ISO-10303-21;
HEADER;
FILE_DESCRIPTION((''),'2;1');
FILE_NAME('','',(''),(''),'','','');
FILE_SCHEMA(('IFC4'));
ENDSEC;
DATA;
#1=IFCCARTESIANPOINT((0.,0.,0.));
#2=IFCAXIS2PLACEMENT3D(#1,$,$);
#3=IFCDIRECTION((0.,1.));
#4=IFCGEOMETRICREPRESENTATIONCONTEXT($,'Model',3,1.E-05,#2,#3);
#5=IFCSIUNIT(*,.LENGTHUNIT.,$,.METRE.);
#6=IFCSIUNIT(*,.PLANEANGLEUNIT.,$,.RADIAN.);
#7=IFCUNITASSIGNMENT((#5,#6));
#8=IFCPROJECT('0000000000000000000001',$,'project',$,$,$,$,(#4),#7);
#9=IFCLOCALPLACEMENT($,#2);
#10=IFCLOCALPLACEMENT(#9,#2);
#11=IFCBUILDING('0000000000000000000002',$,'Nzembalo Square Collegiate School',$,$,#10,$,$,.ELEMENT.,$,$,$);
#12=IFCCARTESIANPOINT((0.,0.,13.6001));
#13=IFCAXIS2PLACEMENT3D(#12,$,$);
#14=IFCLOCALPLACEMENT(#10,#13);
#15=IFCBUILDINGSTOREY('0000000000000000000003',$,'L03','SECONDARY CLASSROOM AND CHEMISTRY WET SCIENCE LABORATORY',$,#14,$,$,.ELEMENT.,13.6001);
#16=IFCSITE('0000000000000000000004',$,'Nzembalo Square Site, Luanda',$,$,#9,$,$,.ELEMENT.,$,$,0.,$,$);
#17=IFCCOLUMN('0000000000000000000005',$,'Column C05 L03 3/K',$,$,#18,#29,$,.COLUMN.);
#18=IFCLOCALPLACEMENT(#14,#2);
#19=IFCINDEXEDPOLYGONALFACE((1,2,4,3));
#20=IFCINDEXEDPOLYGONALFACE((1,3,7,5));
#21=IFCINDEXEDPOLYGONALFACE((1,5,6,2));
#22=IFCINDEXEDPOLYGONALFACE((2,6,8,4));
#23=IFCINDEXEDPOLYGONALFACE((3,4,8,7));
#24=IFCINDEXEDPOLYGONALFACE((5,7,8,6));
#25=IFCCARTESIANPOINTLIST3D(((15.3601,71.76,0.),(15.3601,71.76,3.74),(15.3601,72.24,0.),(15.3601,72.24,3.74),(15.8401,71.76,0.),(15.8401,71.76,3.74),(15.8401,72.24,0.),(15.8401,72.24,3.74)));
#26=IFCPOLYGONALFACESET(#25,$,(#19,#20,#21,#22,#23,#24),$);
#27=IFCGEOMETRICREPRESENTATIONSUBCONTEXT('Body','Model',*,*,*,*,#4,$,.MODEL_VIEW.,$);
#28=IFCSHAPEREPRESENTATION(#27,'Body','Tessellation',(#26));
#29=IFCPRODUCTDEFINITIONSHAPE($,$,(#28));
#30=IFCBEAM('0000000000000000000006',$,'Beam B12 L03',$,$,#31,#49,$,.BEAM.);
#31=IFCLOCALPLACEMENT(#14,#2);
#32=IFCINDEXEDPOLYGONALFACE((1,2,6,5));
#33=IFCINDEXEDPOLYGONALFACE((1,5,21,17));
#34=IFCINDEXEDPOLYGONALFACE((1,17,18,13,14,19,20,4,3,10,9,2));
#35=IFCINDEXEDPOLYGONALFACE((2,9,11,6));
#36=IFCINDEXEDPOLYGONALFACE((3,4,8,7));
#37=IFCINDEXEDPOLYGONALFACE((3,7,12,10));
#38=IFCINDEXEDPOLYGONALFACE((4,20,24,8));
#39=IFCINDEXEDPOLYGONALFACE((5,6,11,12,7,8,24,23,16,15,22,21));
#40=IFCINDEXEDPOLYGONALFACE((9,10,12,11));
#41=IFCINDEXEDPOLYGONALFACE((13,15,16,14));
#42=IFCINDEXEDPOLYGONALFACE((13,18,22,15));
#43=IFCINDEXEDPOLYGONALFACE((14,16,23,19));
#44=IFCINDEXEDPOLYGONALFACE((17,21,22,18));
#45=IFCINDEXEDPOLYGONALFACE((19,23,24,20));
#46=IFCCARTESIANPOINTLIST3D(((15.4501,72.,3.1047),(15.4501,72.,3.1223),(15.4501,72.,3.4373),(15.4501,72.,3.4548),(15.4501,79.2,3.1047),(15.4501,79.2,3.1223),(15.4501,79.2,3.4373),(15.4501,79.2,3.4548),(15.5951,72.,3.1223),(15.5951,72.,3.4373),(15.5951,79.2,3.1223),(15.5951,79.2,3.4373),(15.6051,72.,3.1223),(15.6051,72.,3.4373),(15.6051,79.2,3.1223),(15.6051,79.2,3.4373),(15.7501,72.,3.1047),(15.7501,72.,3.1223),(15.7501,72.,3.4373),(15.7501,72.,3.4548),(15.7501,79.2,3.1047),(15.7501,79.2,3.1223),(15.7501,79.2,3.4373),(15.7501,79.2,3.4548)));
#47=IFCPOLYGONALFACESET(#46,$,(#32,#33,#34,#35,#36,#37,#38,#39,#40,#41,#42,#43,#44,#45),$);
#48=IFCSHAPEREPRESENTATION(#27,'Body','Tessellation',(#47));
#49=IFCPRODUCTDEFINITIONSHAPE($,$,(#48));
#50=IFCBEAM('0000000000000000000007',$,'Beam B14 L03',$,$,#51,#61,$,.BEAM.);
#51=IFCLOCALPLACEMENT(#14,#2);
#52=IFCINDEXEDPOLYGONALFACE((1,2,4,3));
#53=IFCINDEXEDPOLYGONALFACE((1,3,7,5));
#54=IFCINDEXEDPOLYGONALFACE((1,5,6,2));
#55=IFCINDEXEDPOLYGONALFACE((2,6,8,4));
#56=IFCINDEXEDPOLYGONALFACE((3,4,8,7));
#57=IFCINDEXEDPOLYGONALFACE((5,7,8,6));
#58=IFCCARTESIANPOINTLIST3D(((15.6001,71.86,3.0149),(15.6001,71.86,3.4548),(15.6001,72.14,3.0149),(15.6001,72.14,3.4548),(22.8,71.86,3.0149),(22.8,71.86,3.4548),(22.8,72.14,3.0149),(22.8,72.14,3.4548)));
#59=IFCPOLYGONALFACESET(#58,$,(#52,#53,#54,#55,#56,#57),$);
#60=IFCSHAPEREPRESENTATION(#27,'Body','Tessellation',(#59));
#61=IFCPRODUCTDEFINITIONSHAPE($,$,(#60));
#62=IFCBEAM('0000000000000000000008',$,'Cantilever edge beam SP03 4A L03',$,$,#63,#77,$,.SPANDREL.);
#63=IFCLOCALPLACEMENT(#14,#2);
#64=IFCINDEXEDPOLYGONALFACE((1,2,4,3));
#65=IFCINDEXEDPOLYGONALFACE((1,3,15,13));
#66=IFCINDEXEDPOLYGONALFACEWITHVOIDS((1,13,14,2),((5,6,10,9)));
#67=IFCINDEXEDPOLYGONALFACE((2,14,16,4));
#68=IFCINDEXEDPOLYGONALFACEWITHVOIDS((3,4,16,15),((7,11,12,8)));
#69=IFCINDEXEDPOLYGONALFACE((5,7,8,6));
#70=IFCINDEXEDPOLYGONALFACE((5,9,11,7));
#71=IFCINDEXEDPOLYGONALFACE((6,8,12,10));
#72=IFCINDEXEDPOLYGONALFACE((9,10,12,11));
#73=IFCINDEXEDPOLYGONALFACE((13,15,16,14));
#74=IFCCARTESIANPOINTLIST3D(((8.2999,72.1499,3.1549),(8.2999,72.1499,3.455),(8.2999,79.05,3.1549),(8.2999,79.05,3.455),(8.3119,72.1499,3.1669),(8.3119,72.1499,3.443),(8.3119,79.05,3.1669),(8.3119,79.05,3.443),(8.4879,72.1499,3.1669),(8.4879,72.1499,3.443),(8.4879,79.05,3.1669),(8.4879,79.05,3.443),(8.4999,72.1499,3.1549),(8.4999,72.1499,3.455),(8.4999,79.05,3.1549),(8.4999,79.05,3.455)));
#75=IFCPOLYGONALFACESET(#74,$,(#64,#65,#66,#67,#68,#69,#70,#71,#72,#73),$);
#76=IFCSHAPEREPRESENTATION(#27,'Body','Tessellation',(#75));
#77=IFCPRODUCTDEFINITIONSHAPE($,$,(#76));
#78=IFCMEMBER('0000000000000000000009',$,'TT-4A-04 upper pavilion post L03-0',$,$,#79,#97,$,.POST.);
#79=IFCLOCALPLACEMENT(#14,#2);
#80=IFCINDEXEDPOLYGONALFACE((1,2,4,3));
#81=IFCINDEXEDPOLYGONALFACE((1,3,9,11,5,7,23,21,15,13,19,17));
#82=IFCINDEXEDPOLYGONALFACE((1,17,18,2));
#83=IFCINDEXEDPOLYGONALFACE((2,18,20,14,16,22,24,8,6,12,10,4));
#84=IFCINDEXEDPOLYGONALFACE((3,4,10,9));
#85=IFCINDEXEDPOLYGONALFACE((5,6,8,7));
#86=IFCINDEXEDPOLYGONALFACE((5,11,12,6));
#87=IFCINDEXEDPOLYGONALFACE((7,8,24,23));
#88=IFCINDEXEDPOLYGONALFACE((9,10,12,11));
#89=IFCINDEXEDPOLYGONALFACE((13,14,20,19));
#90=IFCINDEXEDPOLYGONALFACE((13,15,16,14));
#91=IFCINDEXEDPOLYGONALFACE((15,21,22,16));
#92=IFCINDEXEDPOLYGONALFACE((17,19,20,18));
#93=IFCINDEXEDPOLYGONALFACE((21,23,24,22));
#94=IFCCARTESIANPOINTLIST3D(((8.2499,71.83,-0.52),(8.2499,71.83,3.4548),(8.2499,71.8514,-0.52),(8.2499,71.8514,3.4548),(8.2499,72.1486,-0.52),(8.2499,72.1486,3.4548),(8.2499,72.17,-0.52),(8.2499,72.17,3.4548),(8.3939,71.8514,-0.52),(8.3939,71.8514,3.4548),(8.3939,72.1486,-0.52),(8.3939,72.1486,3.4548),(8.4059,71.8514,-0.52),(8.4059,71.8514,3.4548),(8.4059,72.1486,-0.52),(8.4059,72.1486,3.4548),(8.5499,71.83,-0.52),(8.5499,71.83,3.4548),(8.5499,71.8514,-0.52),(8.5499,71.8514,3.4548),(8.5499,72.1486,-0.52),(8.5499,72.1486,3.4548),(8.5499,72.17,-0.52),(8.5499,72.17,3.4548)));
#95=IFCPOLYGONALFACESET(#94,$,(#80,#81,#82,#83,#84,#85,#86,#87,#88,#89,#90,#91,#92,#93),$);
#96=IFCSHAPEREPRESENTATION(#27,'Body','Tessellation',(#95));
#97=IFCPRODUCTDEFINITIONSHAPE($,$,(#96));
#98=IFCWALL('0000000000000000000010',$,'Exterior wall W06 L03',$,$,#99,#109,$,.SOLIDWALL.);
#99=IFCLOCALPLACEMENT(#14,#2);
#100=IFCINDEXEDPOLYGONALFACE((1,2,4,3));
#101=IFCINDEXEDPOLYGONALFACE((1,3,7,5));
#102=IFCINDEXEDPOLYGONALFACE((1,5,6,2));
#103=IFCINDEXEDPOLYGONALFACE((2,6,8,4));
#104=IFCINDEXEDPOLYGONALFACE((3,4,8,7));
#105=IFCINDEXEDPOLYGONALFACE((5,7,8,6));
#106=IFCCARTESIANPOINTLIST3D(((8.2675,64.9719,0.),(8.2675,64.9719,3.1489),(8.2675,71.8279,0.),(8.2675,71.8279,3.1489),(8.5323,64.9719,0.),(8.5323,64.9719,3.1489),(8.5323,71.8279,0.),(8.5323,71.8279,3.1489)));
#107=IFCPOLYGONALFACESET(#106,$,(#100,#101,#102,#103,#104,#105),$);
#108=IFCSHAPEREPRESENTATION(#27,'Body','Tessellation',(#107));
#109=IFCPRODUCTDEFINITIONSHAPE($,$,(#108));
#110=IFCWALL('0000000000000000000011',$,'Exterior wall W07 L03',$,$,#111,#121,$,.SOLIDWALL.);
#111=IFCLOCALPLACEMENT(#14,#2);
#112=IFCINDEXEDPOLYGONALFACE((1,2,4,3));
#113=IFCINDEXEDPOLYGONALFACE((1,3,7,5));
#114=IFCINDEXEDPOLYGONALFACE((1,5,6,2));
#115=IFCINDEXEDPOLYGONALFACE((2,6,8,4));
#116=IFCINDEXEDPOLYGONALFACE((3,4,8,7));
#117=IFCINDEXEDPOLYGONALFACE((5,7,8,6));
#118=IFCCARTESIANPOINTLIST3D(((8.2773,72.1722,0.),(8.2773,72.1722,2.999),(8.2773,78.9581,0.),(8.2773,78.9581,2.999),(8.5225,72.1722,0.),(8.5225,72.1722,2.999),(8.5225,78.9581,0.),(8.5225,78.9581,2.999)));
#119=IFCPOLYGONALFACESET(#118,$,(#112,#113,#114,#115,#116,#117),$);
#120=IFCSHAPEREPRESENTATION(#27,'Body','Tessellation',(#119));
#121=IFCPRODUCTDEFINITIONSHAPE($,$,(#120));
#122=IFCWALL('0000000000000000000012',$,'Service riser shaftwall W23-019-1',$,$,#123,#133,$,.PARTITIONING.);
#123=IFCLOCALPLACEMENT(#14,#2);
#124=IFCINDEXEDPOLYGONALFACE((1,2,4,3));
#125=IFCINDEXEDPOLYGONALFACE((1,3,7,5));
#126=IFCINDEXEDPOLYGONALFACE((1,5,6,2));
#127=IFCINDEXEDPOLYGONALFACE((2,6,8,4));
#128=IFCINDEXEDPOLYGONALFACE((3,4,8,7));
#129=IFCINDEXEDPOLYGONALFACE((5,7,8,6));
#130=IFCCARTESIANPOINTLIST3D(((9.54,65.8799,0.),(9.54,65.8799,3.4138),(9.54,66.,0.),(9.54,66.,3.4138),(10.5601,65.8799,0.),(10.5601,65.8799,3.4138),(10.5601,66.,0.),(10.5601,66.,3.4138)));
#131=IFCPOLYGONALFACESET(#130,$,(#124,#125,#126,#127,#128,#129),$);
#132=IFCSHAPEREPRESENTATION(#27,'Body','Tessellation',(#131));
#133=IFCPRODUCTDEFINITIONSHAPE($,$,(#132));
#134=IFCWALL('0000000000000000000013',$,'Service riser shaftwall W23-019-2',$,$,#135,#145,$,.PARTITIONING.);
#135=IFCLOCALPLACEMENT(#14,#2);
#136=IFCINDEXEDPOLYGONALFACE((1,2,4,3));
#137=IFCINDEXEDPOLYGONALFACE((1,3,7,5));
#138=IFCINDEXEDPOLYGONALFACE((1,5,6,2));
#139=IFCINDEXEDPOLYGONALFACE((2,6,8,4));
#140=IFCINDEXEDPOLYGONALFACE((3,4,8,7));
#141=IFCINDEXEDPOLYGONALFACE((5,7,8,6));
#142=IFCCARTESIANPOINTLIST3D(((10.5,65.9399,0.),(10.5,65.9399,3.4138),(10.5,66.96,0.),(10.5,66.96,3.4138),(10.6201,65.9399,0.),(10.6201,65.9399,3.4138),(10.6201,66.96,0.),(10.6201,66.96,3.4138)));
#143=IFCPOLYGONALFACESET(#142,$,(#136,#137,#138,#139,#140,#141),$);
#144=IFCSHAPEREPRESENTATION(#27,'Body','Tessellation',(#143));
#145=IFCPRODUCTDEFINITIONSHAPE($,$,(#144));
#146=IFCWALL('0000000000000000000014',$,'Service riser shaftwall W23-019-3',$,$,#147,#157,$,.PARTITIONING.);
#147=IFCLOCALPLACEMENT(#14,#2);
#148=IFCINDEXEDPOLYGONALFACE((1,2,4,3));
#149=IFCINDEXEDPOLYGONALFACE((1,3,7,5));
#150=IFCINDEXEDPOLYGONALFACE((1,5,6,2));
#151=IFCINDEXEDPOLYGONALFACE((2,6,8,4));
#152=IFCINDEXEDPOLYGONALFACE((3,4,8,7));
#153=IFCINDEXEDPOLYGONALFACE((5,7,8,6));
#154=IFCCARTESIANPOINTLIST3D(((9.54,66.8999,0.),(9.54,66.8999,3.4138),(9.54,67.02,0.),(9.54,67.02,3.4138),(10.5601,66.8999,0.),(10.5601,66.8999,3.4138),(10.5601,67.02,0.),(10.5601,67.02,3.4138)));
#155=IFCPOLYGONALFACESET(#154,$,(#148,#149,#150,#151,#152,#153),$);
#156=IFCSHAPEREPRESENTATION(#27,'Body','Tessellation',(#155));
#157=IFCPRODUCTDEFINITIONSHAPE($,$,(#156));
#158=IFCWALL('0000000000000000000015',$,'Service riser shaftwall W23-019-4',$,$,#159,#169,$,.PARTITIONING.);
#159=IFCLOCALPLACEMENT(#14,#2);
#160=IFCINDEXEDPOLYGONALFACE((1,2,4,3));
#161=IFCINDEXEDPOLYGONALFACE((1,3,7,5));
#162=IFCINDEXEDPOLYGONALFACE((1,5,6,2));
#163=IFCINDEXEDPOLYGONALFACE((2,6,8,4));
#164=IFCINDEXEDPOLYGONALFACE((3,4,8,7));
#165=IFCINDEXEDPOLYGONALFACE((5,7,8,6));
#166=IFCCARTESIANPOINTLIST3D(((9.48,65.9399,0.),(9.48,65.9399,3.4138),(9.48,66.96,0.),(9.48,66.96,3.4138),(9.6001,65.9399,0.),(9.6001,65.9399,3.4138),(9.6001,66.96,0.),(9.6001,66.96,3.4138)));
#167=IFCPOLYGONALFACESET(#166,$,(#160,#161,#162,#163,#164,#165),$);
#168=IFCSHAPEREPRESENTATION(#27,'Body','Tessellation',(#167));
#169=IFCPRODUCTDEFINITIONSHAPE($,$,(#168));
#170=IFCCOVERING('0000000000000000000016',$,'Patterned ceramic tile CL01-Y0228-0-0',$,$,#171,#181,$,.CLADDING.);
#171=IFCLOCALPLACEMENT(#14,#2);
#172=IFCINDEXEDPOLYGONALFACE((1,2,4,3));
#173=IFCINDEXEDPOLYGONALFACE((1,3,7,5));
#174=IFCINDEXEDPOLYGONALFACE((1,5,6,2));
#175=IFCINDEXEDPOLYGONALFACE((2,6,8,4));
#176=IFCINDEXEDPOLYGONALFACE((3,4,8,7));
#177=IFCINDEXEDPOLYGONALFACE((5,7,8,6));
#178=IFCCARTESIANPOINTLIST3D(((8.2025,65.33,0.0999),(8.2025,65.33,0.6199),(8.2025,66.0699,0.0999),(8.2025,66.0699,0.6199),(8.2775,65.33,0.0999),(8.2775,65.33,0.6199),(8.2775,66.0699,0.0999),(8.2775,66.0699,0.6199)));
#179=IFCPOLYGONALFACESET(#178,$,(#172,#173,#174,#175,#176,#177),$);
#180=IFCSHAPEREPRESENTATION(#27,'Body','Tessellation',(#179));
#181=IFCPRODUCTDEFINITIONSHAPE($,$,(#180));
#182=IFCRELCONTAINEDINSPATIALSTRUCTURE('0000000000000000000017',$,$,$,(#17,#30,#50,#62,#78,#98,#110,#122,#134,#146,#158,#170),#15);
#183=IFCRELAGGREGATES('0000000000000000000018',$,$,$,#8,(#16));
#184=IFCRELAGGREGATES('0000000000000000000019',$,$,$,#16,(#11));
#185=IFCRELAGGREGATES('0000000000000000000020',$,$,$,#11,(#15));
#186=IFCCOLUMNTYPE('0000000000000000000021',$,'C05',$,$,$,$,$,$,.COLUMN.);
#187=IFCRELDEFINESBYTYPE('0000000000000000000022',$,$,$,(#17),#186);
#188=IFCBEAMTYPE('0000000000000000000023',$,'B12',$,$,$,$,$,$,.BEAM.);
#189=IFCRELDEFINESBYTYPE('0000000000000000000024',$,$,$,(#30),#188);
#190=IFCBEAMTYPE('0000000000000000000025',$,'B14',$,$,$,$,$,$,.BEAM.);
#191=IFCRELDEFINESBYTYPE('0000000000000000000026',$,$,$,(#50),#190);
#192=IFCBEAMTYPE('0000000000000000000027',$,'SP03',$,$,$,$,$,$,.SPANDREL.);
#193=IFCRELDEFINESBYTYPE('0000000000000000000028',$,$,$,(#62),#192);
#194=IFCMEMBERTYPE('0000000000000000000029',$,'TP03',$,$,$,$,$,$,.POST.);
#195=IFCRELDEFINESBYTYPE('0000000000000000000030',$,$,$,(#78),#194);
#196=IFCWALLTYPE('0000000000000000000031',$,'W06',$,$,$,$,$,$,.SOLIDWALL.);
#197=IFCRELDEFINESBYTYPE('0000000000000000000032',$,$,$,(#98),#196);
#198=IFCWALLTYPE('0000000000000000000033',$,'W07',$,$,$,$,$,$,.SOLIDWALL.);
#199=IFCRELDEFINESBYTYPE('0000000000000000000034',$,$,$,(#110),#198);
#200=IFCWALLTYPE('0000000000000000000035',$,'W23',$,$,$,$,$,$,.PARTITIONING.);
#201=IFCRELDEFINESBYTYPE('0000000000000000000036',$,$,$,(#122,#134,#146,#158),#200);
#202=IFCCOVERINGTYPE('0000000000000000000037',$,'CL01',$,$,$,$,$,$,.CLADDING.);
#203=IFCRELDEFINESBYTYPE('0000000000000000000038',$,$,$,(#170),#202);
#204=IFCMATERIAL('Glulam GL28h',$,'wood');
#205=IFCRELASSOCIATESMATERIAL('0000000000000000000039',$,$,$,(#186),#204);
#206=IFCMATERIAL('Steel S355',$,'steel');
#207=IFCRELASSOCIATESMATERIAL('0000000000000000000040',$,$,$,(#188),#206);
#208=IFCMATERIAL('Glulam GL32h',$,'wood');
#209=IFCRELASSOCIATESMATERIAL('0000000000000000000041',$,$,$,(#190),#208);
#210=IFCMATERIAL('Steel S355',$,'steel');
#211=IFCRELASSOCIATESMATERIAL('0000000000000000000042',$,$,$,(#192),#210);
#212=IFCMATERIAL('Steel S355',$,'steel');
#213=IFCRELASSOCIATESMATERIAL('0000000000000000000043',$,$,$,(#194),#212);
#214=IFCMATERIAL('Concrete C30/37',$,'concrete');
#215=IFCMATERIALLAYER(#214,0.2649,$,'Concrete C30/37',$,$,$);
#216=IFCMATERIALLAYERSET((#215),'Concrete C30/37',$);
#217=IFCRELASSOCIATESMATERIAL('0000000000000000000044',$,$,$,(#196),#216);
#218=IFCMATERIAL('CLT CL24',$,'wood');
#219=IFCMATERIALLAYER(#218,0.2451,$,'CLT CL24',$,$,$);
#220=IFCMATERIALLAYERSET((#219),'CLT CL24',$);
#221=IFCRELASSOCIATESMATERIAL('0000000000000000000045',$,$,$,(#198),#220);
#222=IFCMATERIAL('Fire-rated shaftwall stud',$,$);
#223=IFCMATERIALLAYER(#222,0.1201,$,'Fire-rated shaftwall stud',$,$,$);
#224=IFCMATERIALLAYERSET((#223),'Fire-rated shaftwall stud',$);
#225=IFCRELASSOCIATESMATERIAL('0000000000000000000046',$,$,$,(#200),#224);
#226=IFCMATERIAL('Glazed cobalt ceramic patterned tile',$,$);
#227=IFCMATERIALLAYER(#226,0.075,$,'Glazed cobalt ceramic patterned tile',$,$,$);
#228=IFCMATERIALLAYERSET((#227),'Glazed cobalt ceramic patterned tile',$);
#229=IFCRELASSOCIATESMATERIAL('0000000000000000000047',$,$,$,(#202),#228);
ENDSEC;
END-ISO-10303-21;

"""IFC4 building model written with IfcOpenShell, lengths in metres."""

from ifc_helpers import new_model, si_unit, direction, frame, frame_2d, origin, origin_2d, place, context, subcontext, project, spatial, rectangle, hollow_rectangle, i_section, extrude, material, layer, layer_set, material_profile, profile_set, type_object, element, save


model = new_model("IFC4")

# Units and contexts
model_context = context("Model", 3, precision=1e-05, world=origin(), true_north=direction((0.0, 1.0)))
body_context = subcontext(model_context, "Body", "Model", "MODEL_VIEW")
ifc_project = project(units=[si_unit("LENGTHUNIT", "METRE"), si_unit("PLANEANGLEUNIT", "RADIAN")], contexts=[model_context])

# Site, building, storey
site_placement = place(None, origin())
site = spatial("IfcSite", under=ifc_project, at=site_placement, Name="Nzembalo Square Site, Luanda", CompositionType="ELEMENT", RefElevation=0.0)
building_placement = place(site_placement, origin())
building = spatial("IfcBuilding", under=site, at=building_placement, Name="Nzembalo Square Collegiate School", CompositionType="ELEMENT")
storey_placement = place(building_placement, frame((0.0, 0.0, 13.6001)))
storey = spatial("IfcBuildingStorey", under=building, at=storey_placement, Name="L03", Description="SECONDARY CLASSROOM AND CHEMISTRY WET SCIENCE LABORATORY", CompositionType="ELEMENT", Elevation=13.6001)

# Column
ifc_material_1 = material(Name="Glulam GL28h", Category="wood")
ifc_material_profile_1 = material_profile(ifc_material_1, rectangle(XDim=0.48, YDim=0.48, at=origin_2d()), Name="GL28h 480x480")
ifc_profile_set_1 = profile_set([ifc_material_profile_1], Name="Glulam GL28h")
column_type = type_object("IfcColumnType", Name="C05", PredefinedType="COLUMN", material=ifc_profile_set_1)
column_placement = place(storey_placement, frame((15.6001, 72.0, 0.0), z_axis=(0.0, 0.0, 1.0), x_axis=(1.0, 0.0, 0.0)))
element("IfcColumn", 1, at=column_placement, inside=storey, type_object=column_type, Name="Column C05 L03 3/K", PredefinedType="COLUMN", context=body_context, shape_type="SweptSolid", body=[
    extrude(rectangle(XDim=0.48, YDim=0.48, at=origin_2d()), origin(), (0.0, 0.0, 1.0), 3.74),
])

# Beams
ifc_material_2 = material(Name="Steel S355", Category="steel")
ifc_material_profile_2 = material_profile(ifc_material_2, i_section(OverallWidth=0.3, OverallDepth=0.3501, WebThickness=0.01, FlangeThickness=0.0176, at=origin_2d()), Name="HEA 360")
ifc_profile_set_2 = profile_set([ifc_material_profile_2], Name="Steel S355")
beam_type_1 = type_object("IfcBeamType", Name="B12", PredefinedType="BEAM", material=ifc_profile_set_2)
beam_1_placement = place(storey_placement, frame((15.6001, 72.0, 3.2798), z_axis=(0.0, 1.0, 0.0), x_axis=(-1.0, 0.0, 0.0)))
element("IfcBeam", 2, at=beam_1_placement, inside=storey, type_object=beam_type_1, Name="Beam B12 L03", PredefinedType="BEAM", context=body_context, shape_type="SweptSolid", body=[
    extrude(i_section(OverallWidth=0.3, OverallDepth=0.3501, WebThickness=0.01, FlangeThickness=0.0176, at=origin_2d()), origin(), (0.0, 0.0, 1.0), 7.2),
])
ifc_material_3 = material(Name="Glulam GL32h", Category="wood")
ifc_material_profile_3 = material_profile(ifc_material_3, rectangle(XDim=0.28, YDim=0.4399, at=origin_2d()), Name="GL32h 280x440")
ifc_profile_set_3 = profile_set([ifc_material_profile_3], Name="Glulam GL32h")
beam_type_2 = type_object("IfcBeamType", Name="B14", PredefinedType="BEAM", material=ifc_profile_set_3)
beam_2_placement = place(storey_placement, frame((15.6001, 72.0, 3.2349), z_axis=(1.0, 0.0, 0.0), x_axis=(0.0, 1.0, 0.0)))
element("IfcBeam", 3, at=beam_2_placement, inside=storey, type_object=beam_type_2, Name="Beam B14 L03", PredefinedType="BEAM", context=body_context, shape_type="SweptSolid", body=[
    extrude(rectangle(XDim=0.28, YDim=0.4399, at=origin_2d()), origin(), (0.0, 0.0, 1.0), 7.2),
])
ifc_material_4 = material(Name="Steel S355", Category="steel")
ifc_material_profile_4 = material_profile(ifc_material_4, hollow_rectangle(XDim=0.2, YDim=0.3, WallThickness=0.012, at=origin_2d()), Name="RHS 300x200x12")
ifc_profile_set_4 = profile_set([ifc_material_profile_4], Name="Steel S355")
beam_type_3 = type_object("IfcBeamType", Name="SP03", PredefinedType="SPANDREL", material=ifc_profile_set_4)
beam_3_placement = place(storey_placement, frame((8.3999, 72.1499, 3.3049), z_axis=(0.0, 1.0, 0.0), x_axis=(-1.0, 0.0, 0.0)))
element("IfcBeam", 4, at=beam_3_placement, inside=storey, type_object=beam_type_3, Name="Cantilever edge beam SP03 4A L03", PredefinedType="SPANDREL", context=body_context, shape_type="SweptSolid", body=[
    extrude(hollow_rectangle(XDim=0.2, YDim=0.3, WallThickness=0.012, at=origin_2d()), origin(), (0.0, 0.0, 1.0), 6.9001),
])

# Member
ifc_material_5 = material(Name="Steel S355", Category="steel")
ifc_material_profile_5 = material_profile(ifc_material_5, i_section(OverallWidth=0.3, OverallDepth=0.3401, WebThickness=0.012, FlangeThickness=0.0215, at=origin_2d()), Name="HEB 340")
ifc_profile_set_5 = profile_set([ifc_material_profile_5], Name="Steel S355")
member_type = type_object("IfcMemberType", Name="TP03", PredefinedType="POST", material=ifc_profile_set_5)
member_placement = place(storey_placement, frame((8.3999, 72.0, -0.52), z_axis=(0.0, 0.0, 1.0), x_axis=(1.0, 0.0, 0.0)))
element("IfcMember", 5, at=member_placement, inside=storey, type_object=member_type, Name="TT-4A-04 upper pavilion post L03-0", PredefinedType="POST", context=body_context, shape_type="SweptSolid", body=[
    extrude(i_section(OverallWidth=0.3, OverallDepth=0.3401, WebThickness=0.012, FlangeThickness=0.0215, at=origin_2d()), origin(), (0.0, 0.0, 1.0), 3.9749),
])

# Walls
ifc_material_6 = material(Name="Concrete C30/37", Category="concrete")
ifc_layer_1 = layer(ifc_material_6, 0.2649, Name="Concrete C30/37")
ifc_layer_set_1 = layer_set([ifc_layer_1], Name="Concrete C30/37")
wall_type_1 = type_object("IfcWallType", Name="W06", PredefinedType="SOLIDWALL", material=ifc_layer_set_1)
wall_1_placement = place(storey_placement, frame((8.3999, 64.9719, 0.0), z_axis=(0.0, 0.0, 1.0), x_axis=(0.0, 1.0, 0.0)))
element("IfcWall", 6, at=wall_1_placement, inside=storey, type_object=wall_type_1, Name="Exterior wall W06 L03", PredefinedType="SOLIDWALL", context=body_context, shape_type="SweptSolid", body=[
    extrude(rectangle(XDim=6.856, YDim=0.2649, at=frame_2d((3.428, 0.0))), origin(), (0.0, 0.0, 1.0), 3.1489),
])
ifc_material_7 = material(Name="CLT CL24", Category="wood")
ifc_layer_2 = layer(ifc_material_7, 0.2451, Name="CLT CL24")
ifc_layer_set_2 = layer_set([ifc_layer_2], Name="CLT CL24")
wall_type_2 = type_object("IfcWallType", Name="W07", PredefinedType="SOLIDWALL", material=ifc_layer_set_2)
wall_2_placement = place(storey_placement, frame((8.3999, 72.1721, 0.0), z_axis=(0.0, 0.0, 1.0), x_axis=(0.0, 1.0, 0.0)))
element("IfcWall", 7, at=wall_2_placement, inside=storey, type_object=wall_type_2, Name="Exterior wall W07 L03", PredefinedType="SOLIDWALL", context=body_context, shape_type="SweptSolid", body=[
    extrude(rectangle(XDim=6.7859, YDim=0.2451, at=frame_2d((3.3931, 0.0))), origin(), (0.0, 0.0, 1.0), 2.999),
])
ifc_material_8 = material(Name="Fire-rated shaftwall stud")
ifc_layer_3 = layer(ifc_material_8, 0.1201, Name="Fire-rated shaftwall stud")
ifc_layer_set_3 = layer_set([ifc_layer_3], Name="Fire-rated shaftwall stud")
wall_type_3 = type_object("IfcWallType", Name="W23", PredefinedType="PARTITIONING", material=ifc_layer_set_3)
for number, where, z_axis, x_axis, name in (
    (8, (9.54, 65.9399, 0.0), (0.0, 0.0, 1.0), (1.0, 0.0, 0.0), "Service riser shaftwall W23-019-1"),
    (9, (10.5601, 65.9399, 0.0), (0.0, 0.0, 1.0), (0.0, 1.0, 0.0), "Service riser shaftwall W23-019-2"),
    (10, (10.5601, 66.96, 0.0), (0.0, 0.0, 1.0), (-1.0, 0.0, 0.0), "Service riser shaftwall W23-019-3"),
    (11, (9.54, 66.96, 0.0), (0.0, 0.0, 1.0), (0.0, -1.0, 0.0), "Service riser shaftwall W23-019-4"),
):
    element("IfcWall", number, at=place(storey_placement, frame(where, z_axis=z_axis, x_axis=x_axis)), inside=storey, type_object=wall_type_3, Name=name, PredefinedType="PARTITIONING", context=body_context, shape_type="SweptSolid", body=[
        extrude(rectangle(XDim=1.02, YDim=0.1201, at=frame_2d((0.51, 0.0))), origin(), (0.0, 0.0, 1.0), 3.4138),
    ])

# Covering
ifc_material_9 = material(Name="Glazed cobalt ceramic patterned tile")
ifc_layer_4 = layer(ifc_material_9, 0.075, Name="Glazed cobalt ceramic patterned tile")
ifc_layer_set_4 = layer_set([ifc_layer_4], Name="Glazed cobalt ceramic patterned tile")
covering_type_1 = type_object("IfcCoveringType", Name="CL01", PredefinedType="CLADDING", material=ifc_layer_set_4)
for number, where, z_axis, x_axis, name in (
    (12, (8.24, 65.7, 0.0999), (0.0, 0.0, 1.0), (1.0, 0.0, 0.0), "Patterned ceramic tile CL01-Y0228-0-0"),
):
    element("IfcCovering", number, at=place(storey_placement, frame(where, z_axis=z_axis, x_axis=x_axis)), inside=storey, type_object=covering_type_1, Name=name, PredefinedType="CLADDING", context=body_context, shape_type="SweptSolid", body=[
        extrude(rectangle(XDim=0.075, YDim=0.74, at=origin_2d()), origin(), (0.0, 0.0, 1.0), 0.52),
    ])

save(model, "model.ifc")
